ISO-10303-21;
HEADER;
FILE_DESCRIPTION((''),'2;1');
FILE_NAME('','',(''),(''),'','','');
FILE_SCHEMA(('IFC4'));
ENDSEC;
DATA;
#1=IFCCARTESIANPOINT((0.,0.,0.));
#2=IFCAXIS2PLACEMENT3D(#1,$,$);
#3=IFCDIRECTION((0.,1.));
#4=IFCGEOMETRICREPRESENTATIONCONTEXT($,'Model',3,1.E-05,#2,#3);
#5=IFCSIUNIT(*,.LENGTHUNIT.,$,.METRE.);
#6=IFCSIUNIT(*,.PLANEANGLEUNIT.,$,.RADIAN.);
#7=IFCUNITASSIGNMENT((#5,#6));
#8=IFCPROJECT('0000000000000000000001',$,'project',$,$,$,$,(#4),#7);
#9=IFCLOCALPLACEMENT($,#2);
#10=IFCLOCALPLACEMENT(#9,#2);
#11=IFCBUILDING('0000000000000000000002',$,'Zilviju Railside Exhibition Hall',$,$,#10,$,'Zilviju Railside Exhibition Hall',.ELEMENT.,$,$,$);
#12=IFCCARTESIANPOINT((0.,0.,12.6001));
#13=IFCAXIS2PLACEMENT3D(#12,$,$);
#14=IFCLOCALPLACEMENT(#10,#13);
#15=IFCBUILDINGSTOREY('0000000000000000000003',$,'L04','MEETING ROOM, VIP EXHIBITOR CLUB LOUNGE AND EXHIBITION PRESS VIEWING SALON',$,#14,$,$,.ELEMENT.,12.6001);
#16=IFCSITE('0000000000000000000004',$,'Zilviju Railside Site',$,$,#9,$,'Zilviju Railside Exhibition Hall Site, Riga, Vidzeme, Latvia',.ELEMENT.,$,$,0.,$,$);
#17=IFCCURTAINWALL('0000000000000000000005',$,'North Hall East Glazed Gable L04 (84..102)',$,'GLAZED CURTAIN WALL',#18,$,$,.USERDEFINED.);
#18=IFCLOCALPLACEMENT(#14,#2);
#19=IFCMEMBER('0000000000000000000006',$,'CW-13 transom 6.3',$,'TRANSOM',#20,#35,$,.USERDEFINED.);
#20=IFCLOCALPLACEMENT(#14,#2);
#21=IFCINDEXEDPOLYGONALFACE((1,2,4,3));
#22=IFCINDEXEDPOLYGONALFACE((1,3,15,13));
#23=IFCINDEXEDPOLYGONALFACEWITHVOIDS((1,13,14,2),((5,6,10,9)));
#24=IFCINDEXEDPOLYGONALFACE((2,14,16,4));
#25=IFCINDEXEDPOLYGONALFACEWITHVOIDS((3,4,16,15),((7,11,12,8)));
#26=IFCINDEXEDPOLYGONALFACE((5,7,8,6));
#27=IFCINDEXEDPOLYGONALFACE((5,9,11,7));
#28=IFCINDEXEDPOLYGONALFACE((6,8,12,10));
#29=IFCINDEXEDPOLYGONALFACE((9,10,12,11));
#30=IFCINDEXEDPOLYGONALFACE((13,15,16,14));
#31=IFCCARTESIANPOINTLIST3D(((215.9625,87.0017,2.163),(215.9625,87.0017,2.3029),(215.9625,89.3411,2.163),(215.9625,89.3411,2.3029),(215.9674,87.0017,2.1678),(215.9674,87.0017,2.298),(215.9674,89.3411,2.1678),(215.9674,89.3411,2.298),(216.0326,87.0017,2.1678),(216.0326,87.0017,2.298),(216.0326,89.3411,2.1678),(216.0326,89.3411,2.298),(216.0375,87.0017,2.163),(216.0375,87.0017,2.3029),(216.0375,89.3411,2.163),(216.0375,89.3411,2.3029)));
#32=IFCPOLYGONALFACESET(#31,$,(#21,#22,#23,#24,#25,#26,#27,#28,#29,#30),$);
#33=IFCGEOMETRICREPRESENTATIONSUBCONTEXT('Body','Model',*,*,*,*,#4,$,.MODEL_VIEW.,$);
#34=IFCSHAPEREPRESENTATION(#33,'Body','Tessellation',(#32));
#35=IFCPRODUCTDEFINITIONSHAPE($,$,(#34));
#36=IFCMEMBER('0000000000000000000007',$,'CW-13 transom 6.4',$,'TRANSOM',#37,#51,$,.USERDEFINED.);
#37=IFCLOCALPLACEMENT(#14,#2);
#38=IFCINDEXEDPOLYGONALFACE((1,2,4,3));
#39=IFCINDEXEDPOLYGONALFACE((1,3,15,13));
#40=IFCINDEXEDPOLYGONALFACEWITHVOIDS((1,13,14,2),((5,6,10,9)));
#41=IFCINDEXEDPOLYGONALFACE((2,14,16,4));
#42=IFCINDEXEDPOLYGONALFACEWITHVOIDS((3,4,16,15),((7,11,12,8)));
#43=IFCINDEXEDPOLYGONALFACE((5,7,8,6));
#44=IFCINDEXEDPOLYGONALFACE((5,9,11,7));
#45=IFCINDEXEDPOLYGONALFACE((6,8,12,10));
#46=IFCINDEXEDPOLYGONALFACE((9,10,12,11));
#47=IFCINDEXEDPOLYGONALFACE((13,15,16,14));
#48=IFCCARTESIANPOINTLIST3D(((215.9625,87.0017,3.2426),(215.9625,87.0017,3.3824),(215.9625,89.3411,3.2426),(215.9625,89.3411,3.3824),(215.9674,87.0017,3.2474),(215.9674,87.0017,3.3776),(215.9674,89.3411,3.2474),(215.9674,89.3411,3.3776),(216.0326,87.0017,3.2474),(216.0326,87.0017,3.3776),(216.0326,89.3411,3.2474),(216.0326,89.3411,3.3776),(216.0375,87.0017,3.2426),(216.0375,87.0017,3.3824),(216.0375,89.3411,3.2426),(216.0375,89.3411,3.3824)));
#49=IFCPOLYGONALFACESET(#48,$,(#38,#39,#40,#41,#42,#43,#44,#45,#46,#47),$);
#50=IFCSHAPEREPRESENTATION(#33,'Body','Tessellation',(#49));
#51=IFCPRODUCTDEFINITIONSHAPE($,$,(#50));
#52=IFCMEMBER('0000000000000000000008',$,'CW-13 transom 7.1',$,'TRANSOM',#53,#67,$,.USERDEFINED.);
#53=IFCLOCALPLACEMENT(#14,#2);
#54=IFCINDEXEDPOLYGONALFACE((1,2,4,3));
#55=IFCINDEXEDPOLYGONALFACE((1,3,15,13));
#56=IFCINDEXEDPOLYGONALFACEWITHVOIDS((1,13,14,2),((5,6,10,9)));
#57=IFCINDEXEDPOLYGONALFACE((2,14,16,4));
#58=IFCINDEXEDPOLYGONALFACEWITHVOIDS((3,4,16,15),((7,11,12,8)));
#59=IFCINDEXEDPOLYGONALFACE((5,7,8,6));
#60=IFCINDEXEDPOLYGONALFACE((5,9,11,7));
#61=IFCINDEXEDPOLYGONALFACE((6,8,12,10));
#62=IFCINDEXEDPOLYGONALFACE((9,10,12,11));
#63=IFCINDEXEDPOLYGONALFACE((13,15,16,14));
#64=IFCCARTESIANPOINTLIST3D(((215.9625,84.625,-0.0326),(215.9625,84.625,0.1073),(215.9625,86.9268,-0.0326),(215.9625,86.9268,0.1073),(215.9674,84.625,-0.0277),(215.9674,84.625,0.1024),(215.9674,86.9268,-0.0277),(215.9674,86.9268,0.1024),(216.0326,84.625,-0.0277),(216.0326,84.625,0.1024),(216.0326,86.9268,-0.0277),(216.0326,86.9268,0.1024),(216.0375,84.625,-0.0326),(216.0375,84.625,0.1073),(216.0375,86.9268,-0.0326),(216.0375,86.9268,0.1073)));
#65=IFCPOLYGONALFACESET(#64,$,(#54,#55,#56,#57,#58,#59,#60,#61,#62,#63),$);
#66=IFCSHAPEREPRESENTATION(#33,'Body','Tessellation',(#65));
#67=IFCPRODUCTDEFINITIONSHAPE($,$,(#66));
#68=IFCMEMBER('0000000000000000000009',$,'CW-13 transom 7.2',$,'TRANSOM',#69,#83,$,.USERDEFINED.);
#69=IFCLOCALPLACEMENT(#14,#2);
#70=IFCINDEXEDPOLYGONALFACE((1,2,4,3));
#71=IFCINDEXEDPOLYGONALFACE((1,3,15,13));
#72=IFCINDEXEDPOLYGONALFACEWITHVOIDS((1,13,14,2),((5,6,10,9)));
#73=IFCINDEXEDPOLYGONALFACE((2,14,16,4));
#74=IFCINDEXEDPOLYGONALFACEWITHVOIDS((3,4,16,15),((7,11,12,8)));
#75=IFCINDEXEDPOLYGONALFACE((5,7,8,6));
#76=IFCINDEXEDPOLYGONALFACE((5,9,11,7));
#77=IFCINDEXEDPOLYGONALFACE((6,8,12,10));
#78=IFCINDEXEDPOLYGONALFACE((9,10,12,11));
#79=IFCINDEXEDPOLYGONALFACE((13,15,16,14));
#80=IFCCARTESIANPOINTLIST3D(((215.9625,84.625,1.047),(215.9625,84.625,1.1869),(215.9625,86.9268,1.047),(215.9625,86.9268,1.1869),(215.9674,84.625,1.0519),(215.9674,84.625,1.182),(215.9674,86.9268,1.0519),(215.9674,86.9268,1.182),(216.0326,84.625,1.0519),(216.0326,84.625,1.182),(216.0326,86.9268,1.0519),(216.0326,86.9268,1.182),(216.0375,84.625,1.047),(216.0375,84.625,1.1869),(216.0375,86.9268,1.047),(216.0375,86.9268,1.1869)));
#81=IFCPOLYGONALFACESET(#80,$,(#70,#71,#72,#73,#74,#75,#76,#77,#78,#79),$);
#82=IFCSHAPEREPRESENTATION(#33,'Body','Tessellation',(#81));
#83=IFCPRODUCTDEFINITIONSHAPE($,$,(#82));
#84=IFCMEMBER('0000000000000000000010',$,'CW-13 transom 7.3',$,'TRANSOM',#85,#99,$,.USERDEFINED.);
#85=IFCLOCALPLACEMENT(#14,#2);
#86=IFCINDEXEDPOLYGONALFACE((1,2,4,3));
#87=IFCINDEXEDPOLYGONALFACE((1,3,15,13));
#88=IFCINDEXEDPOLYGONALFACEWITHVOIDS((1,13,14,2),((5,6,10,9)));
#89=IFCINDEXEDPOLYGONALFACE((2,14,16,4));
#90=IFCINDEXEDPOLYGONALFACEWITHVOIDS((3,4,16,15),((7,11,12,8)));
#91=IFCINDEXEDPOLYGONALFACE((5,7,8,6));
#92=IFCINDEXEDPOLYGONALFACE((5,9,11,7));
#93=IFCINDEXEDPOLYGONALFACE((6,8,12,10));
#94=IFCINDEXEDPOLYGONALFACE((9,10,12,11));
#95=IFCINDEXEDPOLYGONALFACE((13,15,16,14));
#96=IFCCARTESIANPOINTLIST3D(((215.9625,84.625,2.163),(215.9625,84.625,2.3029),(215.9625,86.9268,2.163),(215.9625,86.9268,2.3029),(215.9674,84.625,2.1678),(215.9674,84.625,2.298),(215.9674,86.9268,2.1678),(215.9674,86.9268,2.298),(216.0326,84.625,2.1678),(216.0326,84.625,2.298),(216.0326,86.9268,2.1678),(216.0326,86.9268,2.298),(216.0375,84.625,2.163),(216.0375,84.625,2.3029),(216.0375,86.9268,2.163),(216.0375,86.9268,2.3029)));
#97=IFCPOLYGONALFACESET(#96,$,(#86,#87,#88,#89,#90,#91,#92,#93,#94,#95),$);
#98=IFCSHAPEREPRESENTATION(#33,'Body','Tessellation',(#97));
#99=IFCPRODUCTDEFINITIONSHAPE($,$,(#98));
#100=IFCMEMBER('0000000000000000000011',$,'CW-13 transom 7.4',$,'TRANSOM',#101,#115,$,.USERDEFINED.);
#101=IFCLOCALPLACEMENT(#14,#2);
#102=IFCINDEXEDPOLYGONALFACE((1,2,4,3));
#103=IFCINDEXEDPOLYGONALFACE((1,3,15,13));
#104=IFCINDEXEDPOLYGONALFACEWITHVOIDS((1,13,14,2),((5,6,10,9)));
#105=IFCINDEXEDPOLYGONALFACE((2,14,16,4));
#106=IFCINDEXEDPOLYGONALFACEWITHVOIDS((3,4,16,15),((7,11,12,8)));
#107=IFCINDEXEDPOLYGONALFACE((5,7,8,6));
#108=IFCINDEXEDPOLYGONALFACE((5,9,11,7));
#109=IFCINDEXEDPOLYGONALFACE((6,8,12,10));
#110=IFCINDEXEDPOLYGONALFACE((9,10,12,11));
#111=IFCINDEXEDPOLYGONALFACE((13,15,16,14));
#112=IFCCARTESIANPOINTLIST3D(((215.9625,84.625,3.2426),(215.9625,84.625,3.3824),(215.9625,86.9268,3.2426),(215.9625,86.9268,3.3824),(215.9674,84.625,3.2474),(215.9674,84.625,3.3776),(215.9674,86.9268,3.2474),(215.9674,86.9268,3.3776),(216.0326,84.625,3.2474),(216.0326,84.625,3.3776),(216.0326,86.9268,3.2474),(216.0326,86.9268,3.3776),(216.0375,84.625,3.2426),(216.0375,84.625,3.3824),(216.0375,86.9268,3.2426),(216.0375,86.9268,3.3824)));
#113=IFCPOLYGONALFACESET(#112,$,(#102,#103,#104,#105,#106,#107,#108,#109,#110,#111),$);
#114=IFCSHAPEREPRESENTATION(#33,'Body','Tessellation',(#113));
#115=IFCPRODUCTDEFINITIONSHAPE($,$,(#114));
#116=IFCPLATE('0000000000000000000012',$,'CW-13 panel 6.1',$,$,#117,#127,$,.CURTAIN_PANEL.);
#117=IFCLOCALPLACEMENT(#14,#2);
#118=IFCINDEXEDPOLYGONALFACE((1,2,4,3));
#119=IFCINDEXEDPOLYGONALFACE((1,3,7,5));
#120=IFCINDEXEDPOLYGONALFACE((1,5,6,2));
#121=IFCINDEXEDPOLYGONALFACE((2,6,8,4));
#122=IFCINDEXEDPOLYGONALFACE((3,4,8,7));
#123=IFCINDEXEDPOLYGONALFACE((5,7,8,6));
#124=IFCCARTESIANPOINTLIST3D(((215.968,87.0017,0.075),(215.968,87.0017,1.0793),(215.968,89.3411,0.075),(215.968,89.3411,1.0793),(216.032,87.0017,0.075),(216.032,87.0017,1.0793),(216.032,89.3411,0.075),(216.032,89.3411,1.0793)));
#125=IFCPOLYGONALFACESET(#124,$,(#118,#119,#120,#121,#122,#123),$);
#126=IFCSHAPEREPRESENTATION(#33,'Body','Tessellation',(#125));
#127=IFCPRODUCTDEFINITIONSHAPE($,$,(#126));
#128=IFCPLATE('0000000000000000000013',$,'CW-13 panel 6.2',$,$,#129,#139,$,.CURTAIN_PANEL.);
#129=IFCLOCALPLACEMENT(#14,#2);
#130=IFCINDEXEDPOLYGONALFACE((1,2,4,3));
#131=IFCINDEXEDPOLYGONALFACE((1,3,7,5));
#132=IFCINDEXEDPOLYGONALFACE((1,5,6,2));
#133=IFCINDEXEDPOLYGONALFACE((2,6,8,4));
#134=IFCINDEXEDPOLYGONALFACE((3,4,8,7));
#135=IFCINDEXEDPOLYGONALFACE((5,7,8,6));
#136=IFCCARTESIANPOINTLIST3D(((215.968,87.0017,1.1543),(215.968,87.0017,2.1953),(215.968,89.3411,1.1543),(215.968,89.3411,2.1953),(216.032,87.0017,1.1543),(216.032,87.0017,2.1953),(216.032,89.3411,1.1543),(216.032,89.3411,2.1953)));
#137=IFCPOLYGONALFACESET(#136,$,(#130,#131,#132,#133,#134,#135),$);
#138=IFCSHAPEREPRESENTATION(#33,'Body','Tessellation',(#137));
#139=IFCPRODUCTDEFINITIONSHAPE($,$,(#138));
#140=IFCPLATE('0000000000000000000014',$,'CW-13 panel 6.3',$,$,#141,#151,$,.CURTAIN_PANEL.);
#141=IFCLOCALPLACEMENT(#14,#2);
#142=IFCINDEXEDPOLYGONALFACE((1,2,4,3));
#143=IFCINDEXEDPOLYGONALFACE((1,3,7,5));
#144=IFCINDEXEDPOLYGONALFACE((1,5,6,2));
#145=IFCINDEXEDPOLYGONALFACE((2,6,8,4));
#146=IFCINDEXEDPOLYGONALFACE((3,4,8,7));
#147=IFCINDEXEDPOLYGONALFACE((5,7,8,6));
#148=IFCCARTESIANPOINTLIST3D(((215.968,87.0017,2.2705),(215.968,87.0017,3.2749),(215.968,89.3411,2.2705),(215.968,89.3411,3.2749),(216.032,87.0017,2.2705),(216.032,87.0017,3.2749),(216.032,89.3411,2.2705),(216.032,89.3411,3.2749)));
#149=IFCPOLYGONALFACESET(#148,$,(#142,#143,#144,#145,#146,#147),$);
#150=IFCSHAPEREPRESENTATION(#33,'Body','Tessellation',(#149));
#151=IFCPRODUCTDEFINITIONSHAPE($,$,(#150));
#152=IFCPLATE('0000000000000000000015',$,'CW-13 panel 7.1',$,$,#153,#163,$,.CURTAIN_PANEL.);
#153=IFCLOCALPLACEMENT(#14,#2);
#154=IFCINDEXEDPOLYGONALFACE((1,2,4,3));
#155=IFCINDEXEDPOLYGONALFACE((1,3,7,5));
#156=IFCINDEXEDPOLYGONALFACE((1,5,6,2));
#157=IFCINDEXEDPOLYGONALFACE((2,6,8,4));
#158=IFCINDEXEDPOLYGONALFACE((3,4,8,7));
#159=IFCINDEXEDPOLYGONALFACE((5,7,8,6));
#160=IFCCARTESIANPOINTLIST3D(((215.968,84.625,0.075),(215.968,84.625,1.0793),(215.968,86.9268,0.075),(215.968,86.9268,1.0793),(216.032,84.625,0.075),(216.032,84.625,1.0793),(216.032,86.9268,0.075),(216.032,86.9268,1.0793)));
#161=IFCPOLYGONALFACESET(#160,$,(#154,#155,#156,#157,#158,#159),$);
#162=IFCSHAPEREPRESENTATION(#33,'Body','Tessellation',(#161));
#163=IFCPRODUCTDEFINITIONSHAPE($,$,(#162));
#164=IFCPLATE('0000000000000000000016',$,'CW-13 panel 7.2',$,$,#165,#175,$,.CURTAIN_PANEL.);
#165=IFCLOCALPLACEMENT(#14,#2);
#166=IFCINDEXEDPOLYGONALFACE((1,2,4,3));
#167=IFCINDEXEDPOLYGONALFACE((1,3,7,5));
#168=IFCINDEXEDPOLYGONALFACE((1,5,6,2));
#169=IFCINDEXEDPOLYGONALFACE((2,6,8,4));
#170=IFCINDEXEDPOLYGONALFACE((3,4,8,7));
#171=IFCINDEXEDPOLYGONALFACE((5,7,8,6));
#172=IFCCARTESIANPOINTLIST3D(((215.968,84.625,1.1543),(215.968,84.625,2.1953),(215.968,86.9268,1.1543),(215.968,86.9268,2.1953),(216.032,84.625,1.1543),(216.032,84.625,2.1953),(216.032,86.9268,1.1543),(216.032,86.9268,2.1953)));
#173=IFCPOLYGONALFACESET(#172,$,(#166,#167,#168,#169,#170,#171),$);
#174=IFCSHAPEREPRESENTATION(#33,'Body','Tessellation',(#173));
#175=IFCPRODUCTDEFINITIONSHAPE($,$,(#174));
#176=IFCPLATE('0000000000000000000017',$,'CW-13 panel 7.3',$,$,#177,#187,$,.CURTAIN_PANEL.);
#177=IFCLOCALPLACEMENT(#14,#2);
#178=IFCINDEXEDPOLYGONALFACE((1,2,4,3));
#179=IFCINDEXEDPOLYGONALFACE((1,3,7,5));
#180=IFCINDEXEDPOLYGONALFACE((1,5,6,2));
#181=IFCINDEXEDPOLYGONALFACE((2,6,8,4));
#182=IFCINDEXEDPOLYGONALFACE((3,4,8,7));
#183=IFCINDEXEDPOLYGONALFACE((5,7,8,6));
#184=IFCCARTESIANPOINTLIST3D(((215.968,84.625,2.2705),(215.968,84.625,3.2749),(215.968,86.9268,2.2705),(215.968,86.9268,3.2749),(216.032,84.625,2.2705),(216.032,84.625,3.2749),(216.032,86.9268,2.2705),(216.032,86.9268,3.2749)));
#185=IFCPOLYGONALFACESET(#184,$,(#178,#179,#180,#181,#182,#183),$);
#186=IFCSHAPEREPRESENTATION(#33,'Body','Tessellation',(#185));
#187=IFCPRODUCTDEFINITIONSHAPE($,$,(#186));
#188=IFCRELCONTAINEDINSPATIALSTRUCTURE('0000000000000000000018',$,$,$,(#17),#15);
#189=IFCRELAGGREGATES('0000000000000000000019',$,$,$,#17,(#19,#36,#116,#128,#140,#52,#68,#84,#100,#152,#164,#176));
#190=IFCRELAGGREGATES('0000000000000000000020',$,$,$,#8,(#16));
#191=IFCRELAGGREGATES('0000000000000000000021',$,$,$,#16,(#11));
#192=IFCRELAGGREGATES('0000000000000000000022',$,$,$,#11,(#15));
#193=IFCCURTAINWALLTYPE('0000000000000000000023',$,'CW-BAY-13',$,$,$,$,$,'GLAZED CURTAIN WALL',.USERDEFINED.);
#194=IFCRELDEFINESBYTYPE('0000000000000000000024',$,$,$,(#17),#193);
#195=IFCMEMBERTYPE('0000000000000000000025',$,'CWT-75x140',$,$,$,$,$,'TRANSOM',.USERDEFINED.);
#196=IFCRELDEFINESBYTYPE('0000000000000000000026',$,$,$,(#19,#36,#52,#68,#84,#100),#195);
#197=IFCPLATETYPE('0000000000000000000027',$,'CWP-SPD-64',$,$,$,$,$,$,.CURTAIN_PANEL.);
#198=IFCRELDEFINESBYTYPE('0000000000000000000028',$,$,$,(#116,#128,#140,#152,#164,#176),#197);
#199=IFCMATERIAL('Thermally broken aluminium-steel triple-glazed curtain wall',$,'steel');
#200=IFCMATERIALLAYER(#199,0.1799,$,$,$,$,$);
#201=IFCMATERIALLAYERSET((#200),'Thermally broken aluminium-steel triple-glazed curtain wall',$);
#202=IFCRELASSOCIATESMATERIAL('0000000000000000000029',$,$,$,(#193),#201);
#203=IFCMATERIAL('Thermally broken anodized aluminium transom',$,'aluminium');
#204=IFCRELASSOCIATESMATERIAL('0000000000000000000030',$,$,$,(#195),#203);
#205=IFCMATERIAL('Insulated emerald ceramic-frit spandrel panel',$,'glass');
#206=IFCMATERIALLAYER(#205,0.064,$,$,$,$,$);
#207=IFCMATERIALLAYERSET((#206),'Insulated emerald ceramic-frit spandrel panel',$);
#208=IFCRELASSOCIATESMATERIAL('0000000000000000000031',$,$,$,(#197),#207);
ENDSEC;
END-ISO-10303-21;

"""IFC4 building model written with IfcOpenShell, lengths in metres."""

from ifc_helpers import new_model, si_unit, direction, frame, origin, origin_2d, place, context, subcontext, project, spatial, rectangle, hollow_rectangle, extrude, material, layer, layer_set, material_profile, profile_set, type_object, element, aggregate, save


model = new_model("IFC4")

# Units and contexts
model_context = context("Model", 3, precision=1e-05, world=origin(), true_north=direction((0.0, 1.0)))
body_context = subcontext(model_context, "Body", "Model", "MODEL_VIEW")
ifc_project = project(units=[si_unit("LENGTHUNIT", "METRE"), si_unit("PLANEANGLEUNIT", "RADIAN")], contexts=[model_context])

# Site, building, storey
site_placement = place(None, origin())
site = spatial("IfcSite", under=ifc_project, at=site_placement, Name="Zilviju Railside Site", LongName="Zilviju Railside Exhibition Hall Site, Riga, Vidzeme, Latvia", CompositionType="ELEMENT", RefElevation=0.0)
building_placement = place(site_placement, origin())
building = spatial("IfcBuilding", under=site, at=building_placement, Name="Zilviju Railside Exhibition Hall", LongName="Zilviju Railside Exhibition Hall", CompositionType="ELEMENT")
storey_placement = place(building_placement, frame((0.0, 0.0, 12.6001)))
storey = spatial("IfcBuildingStorey", under=building, at=storey_placement, Name="L04", Description="MEETING ROOM, VIP EXHIBITOR CLUB LOUNGE AND EXHIBITION PRESS VIEWING SALON", CompositionType="ELEMENT", Elevation=12.6001)

# Shared definitions
ifc_material_1 = material(Name="Thermally broken aluminium-steel triple-glazed curtain wall", Category="steel")

# Curtain wall
ifc_layer_1 = layer(ifc_material_1, 0.1799)
ifc_layer_set_1 = layer_set([ifc_layer_1], Name="Thermally broken aluminium-steel triple-glazed curtain wall")
curtain_wall_type_1 = type_object("IfcCurtainWallType", Name="CW-BAY-13", ElementType="GLAZED CURTAIN WALL", PredefinedType="USERDEFINED", material=ifc_layer_set_1)
curtain_wall_1_placement = place(storey_placement, origin())
curtain_wall_1 = element("IfcCurtainWall", 1, at=curtain_wall_1_placement, inside=storey, type_object=curtain_wall_type_1, Name="North Hall East Glazed Gable L04 (84..102)", ObjectType="GLAZED CURTAIN WALL", PredefinedType="USERDEFINED")

# Members
ifc_material_2 = material(Name="Thermally broken anodized aluminium transom", Category="aluminium")
ifc_material_profile_1 = material_profile(ifc_material_2, hollow_rectangle(XDim=0.075, YDim=0.1399, WallThickness=0.0049, at=origin_2d()), Name="TRANSOM 140x75x5")
ifc_profile_set_1 = profile_set([ifc_material_profile_1], Name="Thermally broken anodized aluminium transom")
member_type_1 = type_object("IfcMemberType", Name="CWT-75x140", ElementType="TRANSOM", PredefinedType="USERDEFINED", material=ifc_profile_set_1)
member_1_placement = place(storey_placement, frame((216.0, 89.3411, 2.2329), z_axis=(0.0, -1.0, 0.0), x_axis=(1.0, 0.0, 0.0)))
member_1 = element("IfcMember", 2, at=member_1_placement, type_object=member_type_1, Name="CW-13 transom 6.3", ObjectType="TRANSOM", PredefinedType="USERDEFINED", context=body_context, shape_type="SweptSolid", body=[
    extrude(hollow_rectangle(XDim=0.075, YDim=0.1399, WallThickness=0.0049, at=origin_2d()), origin(), (0.0, 0.0, 1.0), 2.3394),
])
member_2_placement = place(storey_placement, frame((216.0, 89.3411, 3.3125), z_axis=(0.0, -1.0, 0.0), x_axis=(1.0, 0.0, 0.0)))
member_2 = element("IfcMember", 3, at=member_2_placement, type_object=member_type_1, Name="CW-13 transom 6.4", ObjectType="TRANSOM", PredefinedType="USERDEFINED", context=body_context, shape_type="SweptSolid", body=[
    extrude(hollow_rectangle(XDim=0.075, YDim=0.1399, WallThickness=0.0049, at=origin_2d()), origin(), (0.0, 0.0, 1.0), 2.3394),
])
member_3_placement = place(storey_placement, frame((216.0, 86.9268, 0.0374), z_axis=(0.0, -1.0, 0.0), x_axis=(1.0, 0.0, 0.0)))
member_3 = element("IfcMember", 4, at=member_3_placement, type_object=member_type_1, Name="CW-13 transom 7.1", ObjectType="TRANSOM", PredefinedType="USERDEFINED", context=body_context, shape_type="SweptSolid", body=[
    extrude(hollow_rectangle(XDim=0.075, YDim=0.1399, WallThickness=0.0049, at=origin_2d()), origin(), (0.0, 0.0, 1.0), 2.3018),
])
member_4_placement = place(storey_placement, frame((216.0, 86.9268, 1.1169), z_axis=(0.0, -1.0, 0.0), x_axis=(1.0, 0.0, 0.0)))
member_4 = element("IfcMember", 5, at=member_4_placement, type_object=member_type_1, Name="CW-13 transom 7.2", ObjectType="TRANSOM", PredefinedType="USERDEFINED", context=body_context, shape_type="SweptSolid", body=[
    extrude(hollow_rectangle(XDim=0.075, YDim=0.1399, WallThickness=0.0049, at=origin_2d()), origin(), (0.0, 0.0, 1.0), 2.3018),
])
member_5_placement = place(storey_placement, frame((216.0, 86.9268, 2.2329), z_axis=(0.0, -1.0, 0.0), x_axis=(1.0, 0.0, 0.0)))
member_5 = element("IfcMember", 6, at=member_5_placement, type_object=member_type_1, Name="CW-13 transom 7.3", ObjectType="TRANSOM", PredefinedType="USERDEFINED", context=body_context, shape_type="SweptSolid", body=[
    extrude(hollow_rectangle(XDim=0.075, YDim=0.1399, WallThickness=0.0049, at=origin_2d()), origin(), (0.0, 0.0, 1.0), 2.3018),
])
member_6_placement = place(storey_placement, frame((216.0, 86.9268, 3.3125), z_axis=(0.0, -1.0, 0.0), x_axis=(1.0, 0.0, 0.0)))
member_6 = element("IfcMember", 7, at=member_6_placement, type_object=member_type_1, Name="CW-13 transom 7.4", ObjectType="TRANSOM", PredefinedType="USERDEFINED", context=body_context, shape_type="SweptSolid", body=[
    extrude(hollow_rectangle(XDim=0.075, YDim=0.1399, WallThickness=0.0049, at=origin_2d()), origin(), (0.0, 0.0, 1.0), 2.3018),
])

# Plates
ifc_material_3 = material(Name="Insulated emerald ceramic-frit spandrel panel", Category="glass")
ifc_layer_2 = layer(ifc_material_3, 0.064)
ifc_layer_set_2 = layer_set([ifc_layer_2], Name="Insulated emerald ceramic-frit spandrel panel")
plate_type = type_object("IfcPlateType", Name="CWP-SPD-64", PredefinedType="CURTAIN_PANEL", material=ifc_layer_set_2)
plate_1_placement = place(storey_placement, frame((216.0, 88.1714, 0.075), z_axis=(0.0, 0.0, 1.0), x_axis=(0.0, -1.0, 0.0)))
plate_1 = element("IfcPlate", 8, at=plate_1_placement, type_object=plate_type, Name="CW-13 panel 6.1", PredefinedType="CURTAIN_PANEL", context=body_context, shape_type="SweptSolid", body=[
    extrude(rectangle(XDim=2.3394, YDim=0.064, at=origin_2d()), origin(), (0.0, 0.0, 1.0), 1.0044),
])
plate_2_placement = place(storey_placement, frame((216.0, 88.1714, 1.1543), z_axis=(0.0, 0.0, 1.0), x_axis=(0.0, -1.0, 0.0)))
plate_2 = element("IfcPlate", 9, at=plate_2_placement, type_object=plate_type, Name="CW-13 panel 6.2", PredefinedType="CURTAIN_PANEL", context=body_context, shape_type="SweptSolid", body=[
    extrude(rectangle(XDim=2.3394, YDim=0.064, at=origin_2d()), origin(), (0.0, 0.0, 1.0), 1.041),
])
plate_3_placement = place(storey_placement, frame((216.0, 88.1714, 2.2705), z_axis=(0.0, 0.0, 1.0), x_axis=(0.0, -1.0, 0.0)))
plate_3 = element("IfcPlate", 10, at=plate_3_placement, type_object=plate_type, Name="CW-13 panel 6.3", PredefinedType="CURTAIN_PANEL", context=body_context, shape_type="SweptSolid", body=[
    extrude(rectangle(XDim=2.3394, YDim=0.064, at=origin_2d()), origin(), (0.0, 0.0, 1.0), 1.0044),
])
plate_4_placement = place(storey_placement, frame((216.0, 85.7759, 0.075), z_axis=(0.0, 0.0, 1.0), x_axis=(0.0, -1.0, 0.0)))
plate_4 = element("IfcPlate", 11, at=plate_4_placement, type_object=plate_type, Name="CW-13 panel 7.1", PredefinedType="CURTAIN_PANEL", context=body_context, shape_type="SweptSolid", body=[
    extrude(rectangle(XDim=2.3018, YDim=0.064, at=origin_2d()), origin(), (0.0, 0.0, 1.0), 1.0044),
])
plate_5_placement = place(storey_placement, frame((216.0, 85.7759, 1.1543), z_axis=(0.0, 0.0, 1.0), x_axis=(0.0, -1.0, 0.0)))
plate_5 = element("IfcPlate", 12, at=plate_5_placement, type_object=plate_type, Name="CW-13 panel 7.2", PredefinedType="CURTAIN_PANEL", context=body_context, shape_type="SweptSolid", body=[
    extrude(rectangle(XDim=2.3018, YDim=0.064, at=origin_2d()), origin(), (0.0, 0.0, 1.0), 1.041),
])
plate_6_placement = place(storey_placement, frame((216.0, 85.7759, 2.2705), z_axis=(0.0, 0.0, 1.0), x_axis=(0.0, -1.0, 0.0)))
plate_6 = element("IfcPlate", 13, at=plate_6_placement, type_object=plate_type, Name="CW-13 panel 7.3", PredefinedType="CURTAIN_PANEL", context=body_context, shape_type="SweptSolid", body=[
    extrude(rectangle(XDim=2.3018, YDim=0.064, at=origin_2d()), origin(), (0.0, 0.0, 1.0), 1.0044),
])
aggregate(curtain_wall_1, [member_1, member_2, plate_1, plate_2, plate_3, member_3, member_4, member_5, member_6, plate_4, plate_5, plate_6])

save(model, "model.ifc")
